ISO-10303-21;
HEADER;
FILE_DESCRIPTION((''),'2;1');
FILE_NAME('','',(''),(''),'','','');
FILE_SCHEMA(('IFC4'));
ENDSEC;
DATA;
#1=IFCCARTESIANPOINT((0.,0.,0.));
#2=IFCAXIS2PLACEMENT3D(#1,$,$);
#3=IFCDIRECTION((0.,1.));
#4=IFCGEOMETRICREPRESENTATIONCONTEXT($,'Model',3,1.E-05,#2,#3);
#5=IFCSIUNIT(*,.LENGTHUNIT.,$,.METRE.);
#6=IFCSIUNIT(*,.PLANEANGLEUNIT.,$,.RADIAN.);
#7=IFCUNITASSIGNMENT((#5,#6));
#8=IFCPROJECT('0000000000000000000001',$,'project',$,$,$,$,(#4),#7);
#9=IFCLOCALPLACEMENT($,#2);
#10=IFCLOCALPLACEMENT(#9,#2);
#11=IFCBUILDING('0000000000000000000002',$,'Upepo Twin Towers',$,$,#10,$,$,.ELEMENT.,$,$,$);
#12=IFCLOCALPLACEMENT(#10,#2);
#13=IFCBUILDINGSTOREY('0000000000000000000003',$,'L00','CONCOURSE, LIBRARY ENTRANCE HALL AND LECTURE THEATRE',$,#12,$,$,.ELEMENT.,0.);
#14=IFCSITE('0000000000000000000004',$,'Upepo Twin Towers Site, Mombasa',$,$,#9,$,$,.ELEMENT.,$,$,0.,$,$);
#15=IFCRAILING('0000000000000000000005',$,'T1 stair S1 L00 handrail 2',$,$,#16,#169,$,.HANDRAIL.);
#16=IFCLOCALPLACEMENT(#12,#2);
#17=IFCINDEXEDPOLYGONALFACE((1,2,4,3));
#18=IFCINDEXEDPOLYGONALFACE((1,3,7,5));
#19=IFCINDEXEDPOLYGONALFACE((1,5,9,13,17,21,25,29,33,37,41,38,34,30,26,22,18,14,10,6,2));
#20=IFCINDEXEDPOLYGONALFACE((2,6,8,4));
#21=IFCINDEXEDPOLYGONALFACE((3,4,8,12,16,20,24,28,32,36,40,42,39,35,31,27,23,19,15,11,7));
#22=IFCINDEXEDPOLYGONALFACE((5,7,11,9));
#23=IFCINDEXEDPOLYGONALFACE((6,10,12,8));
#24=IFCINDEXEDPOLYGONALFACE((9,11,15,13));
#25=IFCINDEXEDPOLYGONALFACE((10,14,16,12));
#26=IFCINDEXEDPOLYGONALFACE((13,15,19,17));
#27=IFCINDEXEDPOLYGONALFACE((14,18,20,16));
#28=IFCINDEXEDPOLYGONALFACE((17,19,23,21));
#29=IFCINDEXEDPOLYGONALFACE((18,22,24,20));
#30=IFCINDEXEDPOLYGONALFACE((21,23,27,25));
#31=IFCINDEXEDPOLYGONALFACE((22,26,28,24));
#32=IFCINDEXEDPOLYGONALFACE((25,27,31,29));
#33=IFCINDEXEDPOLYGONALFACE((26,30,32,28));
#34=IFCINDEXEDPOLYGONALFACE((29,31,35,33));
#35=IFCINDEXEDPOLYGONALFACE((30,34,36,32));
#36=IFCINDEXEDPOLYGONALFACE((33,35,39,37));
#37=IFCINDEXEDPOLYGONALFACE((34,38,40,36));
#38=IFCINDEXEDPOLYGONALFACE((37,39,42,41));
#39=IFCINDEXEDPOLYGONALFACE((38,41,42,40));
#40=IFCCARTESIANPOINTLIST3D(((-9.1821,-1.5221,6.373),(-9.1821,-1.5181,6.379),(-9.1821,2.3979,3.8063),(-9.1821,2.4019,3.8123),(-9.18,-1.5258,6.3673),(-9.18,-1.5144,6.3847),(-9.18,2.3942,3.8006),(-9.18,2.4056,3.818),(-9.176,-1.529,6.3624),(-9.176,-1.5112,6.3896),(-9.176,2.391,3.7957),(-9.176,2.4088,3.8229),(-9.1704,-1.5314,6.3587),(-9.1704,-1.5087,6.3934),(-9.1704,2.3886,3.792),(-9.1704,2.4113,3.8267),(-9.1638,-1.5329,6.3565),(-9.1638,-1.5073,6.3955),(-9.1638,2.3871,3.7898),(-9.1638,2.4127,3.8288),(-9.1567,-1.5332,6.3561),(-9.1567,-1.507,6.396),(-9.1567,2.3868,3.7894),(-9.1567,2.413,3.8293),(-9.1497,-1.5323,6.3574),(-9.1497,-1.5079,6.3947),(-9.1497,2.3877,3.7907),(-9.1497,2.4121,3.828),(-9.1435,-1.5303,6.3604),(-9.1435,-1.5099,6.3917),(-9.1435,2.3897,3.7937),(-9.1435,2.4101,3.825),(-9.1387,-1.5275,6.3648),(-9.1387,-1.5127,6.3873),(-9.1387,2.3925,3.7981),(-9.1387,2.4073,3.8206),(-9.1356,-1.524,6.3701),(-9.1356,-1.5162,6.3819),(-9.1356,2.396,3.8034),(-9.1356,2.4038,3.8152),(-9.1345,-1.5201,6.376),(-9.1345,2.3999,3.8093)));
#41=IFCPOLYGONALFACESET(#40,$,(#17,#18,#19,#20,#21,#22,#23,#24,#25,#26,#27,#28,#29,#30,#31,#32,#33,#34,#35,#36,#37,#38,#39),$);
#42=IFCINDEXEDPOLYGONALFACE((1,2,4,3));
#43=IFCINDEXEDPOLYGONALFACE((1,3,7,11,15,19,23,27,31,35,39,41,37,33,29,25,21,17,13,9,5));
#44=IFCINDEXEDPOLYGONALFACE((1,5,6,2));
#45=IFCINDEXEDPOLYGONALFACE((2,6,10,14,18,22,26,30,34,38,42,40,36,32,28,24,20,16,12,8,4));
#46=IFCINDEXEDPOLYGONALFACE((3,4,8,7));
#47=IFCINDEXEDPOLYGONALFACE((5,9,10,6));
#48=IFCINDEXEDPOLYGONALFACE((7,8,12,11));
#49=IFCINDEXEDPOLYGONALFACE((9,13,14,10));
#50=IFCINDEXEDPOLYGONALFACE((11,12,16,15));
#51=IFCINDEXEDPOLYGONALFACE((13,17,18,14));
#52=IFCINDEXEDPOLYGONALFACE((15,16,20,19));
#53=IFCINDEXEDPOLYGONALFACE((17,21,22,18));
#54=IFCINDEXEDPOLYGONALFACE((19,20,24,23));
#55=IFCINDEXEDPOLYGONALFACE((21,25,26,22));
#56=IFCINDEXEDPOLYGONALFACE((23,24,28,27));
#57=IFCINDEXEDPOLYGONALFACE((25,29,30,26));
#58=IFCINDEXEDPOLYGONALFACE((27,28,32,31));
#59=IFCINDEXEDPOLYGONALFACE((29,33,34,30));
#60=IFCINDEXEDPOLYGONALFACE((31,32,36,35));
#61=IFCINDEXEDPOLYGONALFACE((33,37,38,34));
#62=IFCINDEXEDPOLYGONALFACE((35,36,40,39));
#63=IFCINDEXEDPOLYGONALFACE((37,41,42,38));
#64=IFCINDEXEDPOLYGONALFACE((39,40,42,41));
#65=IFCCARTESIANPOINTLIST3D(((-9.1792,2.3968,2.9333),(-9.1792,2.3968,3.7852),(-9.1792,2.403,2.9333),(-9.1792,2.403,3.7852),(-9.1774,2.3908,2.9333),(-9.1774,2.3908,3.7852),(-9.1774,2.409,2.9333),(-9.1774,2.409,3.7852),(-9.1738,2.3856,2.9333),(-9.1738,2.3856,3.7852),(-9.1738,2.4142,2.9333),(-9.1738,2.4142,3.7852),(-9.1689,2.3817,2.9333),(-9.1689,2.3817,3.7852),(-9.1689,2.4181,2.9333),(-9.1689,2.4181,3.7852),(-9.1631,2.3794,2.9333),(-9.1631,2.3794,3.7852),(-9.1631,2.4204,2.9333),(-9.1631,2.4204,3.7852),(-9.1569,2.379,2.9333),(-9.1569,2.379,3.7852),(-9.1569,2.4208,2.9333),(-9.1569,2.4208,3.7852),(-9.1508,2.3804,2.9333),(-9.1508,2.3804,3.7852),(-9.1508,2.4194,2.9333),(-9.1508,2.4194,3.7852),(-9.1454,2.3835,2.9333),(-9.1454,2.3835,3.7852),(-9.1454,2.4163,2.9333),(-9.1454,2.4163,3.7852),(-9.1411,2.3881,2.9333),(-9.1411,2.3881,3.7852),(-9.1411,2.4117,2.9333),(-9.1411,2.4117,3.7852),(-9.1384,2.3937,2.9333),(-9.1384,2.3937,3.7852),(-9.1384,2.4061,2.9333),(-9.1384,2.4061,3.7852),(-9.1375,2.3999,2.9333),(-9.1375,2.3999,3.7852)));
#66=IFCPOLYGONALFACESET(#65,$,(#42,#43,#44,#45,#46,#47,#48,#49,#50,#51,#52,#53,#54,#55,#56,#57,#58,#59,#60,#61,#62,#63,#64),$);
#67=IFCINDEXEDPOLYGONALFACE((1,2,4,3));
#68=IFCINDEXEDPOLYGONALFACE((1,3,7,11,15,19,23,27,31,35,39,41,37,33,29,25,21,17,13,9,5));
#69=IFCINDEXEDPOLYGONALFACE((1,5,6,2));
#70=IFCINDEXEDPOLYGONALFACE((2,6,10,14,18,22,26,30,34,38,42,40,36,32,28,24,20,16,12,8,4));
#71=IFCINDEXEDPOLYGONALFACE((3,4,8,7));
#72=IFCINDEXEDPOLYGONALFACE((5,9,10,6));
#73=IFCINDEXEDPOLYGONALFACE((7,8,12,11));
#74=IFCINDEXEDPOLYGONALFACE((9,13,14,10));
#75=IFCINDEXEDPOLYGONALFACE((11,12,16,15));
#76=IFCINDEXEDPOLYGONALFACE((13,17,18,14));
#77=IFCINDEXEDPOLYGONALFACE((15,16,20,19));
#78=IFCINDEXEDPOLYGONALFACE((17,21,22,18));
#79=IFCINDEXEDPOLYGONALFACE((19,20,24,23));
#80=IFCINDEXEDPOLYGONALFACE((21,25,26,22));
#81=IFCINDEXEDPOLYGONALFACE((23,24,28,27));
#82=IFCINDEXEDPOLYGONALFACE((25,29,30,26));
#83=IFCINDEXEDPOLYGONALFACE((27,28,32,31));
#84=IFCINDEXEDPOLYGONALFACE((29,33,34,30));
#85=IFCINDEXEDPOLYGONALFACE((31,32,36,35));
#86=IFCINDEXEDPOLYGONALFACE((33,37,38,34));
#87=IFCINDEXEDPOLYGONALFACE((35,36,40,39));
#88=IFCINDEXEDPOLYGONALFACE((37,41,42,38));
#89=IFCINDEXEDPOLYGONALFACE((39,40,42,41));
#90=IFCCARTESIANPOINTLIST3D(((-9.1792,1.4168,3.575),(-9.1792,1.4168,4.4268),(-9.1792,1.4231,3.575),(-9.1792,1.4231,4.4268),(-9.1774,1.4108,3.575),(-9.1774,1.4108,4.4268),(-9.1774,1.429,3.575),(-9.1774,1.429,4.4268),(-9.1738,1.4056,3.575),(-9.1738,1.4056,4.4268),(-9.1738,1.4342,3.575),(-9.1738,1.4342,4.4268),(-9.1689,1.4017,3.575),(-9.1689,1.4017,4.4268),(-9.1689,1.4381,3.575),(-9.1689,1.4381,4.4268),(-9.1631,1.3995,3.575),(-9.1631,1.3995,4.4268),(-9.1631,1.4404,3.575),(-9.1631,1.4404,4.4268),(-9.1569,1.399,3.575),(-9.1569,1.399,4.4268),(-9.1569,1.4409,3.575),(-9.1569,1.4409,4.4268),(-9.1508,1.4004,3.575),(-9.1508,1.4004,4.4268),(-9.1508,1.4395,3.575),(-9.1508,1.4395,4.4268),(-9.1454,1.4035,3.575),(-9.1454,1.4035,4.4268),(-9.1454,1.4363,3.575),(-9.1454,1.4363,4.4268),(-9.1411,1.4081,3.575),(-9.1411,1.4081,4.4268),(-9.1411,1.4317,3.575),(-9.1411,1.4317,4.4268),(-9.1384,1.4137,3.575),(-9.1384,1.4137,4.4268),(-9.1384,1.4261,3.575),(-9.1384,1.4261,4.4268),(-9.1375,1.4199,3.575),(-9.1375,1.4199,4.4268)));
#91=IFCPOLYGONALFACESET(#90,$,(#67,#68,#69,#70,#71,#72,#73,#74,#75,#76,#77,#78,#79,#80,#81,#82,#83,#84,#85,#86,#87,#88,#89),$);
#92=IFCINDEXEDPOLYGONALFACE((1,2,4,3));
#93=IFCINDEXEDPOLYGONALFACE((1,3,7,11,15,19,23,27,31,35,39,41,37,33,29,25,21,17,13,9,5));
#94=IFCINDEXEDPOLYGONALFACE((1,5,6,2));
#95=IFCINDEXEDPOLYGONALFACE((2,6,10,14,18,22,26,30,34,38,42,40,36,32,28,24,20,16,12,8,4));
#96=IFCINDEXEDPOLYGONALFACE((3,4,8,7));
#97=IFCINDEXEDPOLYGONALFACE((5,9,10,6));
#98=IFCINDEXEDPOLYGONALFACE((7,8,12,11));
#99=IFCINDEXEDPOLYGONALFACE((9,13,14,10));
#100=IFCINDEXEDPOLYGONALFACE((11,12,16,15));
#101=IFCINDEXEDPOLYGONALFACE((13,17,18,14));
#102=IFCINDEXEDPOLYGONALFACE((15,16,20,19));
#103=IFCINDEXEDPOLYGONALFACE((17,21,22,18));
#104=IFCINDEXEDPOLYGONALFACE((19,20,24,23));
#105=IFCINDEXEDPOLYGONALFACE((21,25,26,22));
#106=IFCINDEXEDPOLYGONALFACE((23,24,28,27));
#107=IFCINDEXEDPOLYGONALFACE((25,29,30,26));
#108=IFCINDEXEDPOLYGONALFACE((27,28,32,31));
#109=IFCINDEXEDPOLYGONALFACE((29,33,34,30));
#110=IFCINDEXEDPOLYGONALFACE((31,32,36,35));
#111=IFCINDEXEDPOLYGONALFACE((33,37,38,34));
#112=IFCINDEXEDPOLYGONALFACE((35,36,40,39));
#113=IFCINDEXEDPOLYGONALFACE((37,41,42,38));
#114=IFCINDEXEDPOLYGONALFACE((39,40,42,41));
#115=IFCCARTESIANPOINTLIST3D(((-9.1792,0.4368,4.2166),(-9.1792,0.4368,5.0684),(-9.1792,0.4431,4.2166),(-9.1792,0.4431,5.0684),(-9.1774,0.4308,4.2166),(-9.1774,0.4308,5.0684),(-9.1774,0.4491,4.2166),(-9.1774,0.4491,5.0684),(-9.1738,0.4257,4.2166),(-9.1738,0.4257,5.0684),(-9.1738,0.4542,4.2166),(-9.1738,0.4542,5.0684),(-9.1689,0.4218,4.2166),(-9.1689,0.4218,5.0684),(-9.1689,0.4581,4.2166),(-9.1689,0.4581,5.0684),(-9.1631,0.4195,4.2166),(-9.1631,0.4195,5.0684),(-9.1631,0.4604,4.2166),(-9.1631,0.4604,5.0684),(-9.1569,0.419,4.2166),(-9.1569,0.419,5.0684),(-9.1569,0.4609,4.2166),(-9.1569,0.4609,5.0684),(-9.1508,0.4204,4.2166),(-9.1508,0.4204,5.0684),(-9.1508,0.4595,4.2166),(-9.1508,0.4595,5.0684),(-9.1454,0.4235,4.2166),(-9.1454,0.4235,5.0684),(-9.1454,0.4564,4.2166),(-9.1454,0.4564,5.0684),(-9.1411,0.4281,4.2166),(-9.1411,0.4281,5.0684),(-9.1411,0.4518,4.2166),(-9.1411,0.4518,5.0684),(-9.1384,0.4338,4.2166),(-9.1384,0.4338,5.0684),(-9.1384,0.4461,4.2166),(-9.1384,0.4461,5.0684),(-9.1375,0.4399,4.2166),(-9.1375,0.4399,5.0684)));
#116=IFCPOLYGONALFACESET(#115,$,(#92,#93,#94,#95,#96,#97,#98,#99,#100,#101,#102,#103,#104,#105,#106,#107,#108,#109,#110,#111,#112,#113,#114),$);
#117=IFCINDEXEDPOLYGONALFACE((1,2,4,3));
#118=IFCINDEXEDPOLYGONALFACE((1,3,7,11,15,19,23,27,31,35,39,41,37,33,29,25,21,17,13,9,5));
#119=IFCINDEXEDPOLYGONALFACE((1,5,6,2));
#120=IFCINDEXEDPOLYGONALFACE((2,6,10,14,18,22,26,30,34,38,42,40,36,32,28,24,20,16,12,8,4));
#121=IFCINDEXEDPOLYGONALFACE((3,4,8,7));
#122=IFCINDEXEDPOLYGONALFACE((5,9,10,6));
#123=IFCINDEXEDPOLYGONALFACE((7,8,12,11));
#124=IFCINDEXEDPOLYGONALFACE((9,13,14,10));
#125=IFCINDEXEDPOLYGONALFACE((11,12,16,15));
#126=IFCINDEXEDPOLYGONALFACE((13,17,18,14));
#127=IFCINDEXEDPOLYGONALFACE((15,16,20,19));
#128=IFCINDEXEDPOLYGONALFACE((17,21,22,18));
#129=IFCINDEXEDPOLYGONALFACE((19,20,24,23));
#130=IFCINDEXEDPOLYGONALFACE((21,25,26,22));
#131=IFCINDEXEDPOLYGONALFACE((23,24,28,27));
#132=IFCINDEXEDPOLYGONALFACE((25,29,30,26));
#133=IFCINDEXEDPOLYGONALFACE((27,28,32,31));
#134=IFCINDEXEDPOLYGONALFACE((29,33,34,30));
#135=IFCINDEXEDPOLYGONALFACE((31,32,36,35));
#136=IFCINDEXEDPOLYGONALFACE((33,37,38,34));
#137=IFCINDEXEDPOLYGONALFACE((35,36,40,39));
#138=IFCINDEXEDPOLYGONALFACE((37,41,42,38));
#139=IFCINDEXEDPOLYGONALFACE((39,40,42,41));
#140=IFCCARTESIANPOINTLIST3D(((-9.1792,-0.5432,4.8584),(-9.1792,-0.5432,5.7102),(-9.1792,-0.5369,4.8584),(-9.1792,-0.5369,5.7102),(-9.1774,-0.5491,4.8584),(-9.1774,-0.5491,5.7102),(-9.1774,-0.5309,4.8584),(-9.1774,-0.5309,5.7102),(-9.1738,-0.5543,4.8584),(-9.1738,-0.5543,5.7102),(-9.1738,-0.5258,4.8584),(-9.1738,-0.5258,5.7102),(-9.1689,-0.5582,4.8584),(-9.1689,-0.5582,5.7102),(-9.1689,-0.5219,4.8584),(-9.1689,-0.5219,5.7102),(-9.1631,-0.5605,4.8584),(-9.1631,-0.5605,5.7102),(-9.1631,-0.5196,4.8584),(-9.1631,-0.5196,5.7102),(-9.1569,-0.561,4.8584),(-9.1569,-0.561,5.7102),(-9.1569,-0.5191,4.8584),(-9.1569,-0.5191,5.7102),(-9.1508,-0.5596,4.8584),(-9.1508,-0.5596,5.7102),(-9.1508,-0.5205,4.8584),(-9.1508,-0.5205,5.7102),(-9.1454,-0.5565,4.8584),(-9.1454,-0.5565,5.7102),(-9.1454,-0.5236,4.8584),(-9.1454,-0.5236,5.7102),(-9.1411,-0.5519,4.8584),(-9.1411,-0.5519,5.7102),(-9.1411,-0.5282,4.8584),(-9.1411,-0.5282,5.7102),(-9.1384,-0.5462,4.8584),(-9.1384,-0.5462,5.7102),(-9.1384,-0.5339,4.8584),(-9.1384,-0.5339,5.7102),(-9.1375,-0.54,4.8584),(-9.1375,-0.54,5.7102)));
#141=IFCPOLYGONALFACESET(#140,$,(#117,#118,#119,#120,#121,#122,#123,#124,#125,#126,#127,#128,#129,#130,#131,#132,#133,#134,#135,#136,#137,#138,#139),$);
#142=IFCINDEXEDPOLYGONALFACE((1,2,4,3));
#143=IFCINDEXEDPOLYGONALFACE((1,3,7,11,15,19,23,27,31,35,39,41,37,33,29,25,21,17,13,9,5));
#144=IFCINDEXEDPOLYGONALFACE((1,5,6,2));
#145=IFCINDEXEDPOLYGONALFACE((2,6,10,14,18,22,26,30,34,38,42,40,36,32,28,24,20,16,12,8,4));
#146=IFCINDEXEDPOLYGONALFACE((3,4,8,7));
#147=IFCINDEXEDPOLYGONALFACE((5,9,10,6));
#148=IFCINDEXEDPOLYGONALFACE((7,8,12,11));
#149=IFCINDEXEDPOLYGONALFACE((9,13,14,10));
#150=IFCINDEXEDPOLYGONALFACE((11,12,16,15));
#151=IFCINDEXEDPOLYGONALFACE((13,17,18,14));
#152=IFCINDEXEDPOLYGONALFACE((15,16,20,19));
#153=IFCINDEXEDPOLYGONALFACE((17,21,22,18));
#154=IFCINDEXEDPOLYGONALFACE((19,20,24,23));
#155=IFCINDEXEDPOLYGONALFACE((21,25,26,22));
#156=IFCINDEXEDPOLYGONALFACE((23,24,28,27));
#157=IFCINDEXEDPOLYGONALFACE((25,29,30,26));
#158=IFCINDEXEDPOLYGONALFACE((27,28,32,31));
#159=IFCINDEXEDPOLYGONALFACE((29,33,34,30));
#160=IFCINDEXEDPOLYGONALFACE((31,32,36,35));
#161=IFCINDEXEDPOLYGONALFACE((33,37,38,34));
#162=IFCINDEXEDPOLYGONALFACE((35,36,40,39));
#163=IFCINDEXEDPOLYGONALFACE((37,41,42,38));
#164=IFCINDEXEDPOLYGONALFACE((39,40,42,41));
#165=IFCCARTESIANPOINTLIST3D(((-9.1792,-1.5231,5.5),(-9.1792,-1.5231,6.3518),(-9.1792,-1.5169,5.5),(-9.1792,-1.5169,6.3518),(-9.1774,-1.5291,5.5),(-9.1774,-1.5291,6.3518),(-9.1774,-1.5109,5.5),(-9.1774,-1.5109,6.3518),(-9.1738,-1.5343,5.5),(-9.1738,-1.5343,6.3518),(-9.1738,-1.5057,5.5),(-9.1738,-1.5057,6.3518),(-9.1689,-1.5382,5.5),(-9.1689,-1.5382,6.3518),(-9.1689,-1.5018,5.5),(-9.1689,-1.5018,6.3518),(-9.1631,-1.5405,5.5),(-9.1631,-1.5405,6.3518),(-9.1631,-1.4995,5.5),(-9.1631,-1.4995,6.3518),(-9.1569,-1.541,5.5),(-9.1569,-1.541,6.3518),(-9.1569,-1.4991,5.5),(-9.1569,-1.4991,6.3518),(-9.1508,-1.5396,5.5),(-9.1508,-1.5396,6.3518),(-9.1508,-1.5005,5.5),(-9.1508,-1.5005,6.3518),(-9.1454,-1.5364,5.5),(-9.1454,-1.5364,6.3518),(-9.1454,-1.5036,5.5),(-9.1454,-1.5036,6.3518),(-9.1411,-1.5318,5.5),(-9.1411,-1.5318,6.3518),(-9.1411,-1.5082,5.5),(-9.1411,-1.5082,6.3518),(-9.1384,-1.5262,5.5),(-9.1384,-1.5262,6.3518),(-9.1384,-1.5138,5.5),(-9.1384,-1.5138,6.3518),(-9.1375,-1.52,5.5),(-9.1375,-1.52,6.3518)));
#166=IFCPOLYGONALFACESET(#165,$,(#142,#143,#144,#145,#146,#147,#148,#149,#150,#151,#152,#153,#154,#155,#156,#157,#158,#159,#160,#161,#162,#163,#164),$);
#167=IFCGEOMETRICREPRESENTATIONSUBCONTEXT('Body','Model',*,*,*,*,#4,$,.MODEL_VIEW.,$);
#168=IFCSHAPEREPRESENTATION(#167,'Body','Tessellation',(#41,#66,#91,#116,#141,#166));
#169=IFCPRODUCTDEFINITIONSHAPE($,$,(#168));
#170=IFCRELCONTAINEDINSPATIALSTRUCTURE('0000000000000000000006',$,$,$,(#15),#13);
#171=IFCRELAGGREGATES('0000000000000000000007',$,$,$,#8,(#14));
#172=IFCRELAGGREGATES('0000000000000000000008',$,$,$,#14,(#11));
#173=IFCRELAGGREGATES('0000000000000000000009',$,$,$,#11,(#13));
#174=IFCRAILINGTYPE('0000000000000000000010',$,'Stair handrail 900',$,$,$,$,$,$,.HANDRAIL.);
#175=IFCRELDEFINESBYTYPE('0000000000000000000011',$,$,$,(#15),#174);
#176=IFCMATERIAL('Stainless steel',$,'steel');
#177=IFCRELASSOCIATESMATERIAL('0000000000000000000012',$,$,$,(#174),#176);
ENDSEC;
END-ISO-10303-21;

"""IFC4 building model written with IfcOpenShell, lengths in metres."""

from ifc_helpers import new_model, si_unit, direction, frame, origin, origin_2d, place, context, subcontext, project, spatial, circle, extrude, material, type_object, element, save


model = new_model("IFC4")

# Units and contexts
model_context = context("Model", 3, precision=1e-05, world=origin(), true_north=direction((0.0, 1.0)))
body_context = subcontext(model_context, "Body", "Model", "MODEL_VIEW")
ifc_project = project(units=[si_unit("LENGTHUNIT", "METRE"), si_unit("PLANEANGLEUNIT", "RADIAN")], contexts=[model_context])

# Site, building, storey
site_placement = place(None, origin())
site = spatial("IfcSite", under=ifc_project, at=site_placement, Name="Upepo Twin Towers Site, Mombasa", CompositionType="ELEMENT", RefElevation=0.0)
building_placement = place(site_placement, origin())
building = spatial("IfcBuilding", under=site, at=building_placement, Name="Upepo Twin Towers", CompositionType="ELEMENT")
storey_placement = place(building_placement, origin())
storey = spatial("IfcBuildingStorey", under=building, at=storey_placement, Name="L00", Description="CONCOURSE, LIBRARY ENTRANCE HALL AND LECTURE THEATRE", CompositionType="ELEMENT", Elevation=0.0)

# Railing
ifc_material_1 = material(Name="Stainless steel", Category="steel")
railing_type = type_object("IfcRailingType", Name="Stair handrail 900", PredefinedType="HANDRAIL", material=ifc_material_1)
railing_placement = place(storey_placement, frame((-9.1584, 2.3999, 2.9333)))
element("IfcRailing", 1, at=railing_placement, inside=storey, type_object=railing_type, Name="T1 stair S1 L00 handrail 2", PredefinedType="HANDRAIL", context=body_context, shape_type="SweptSolid", body=[
    extrude(circle(Radius=0.0239, at=origin_2d()), frame((0.0, 0.0, 0.876), z_axis=(0.0, -0.836615, 0.547791), x_axis=(1.0, 0.0, 0.0)), (0.0, 0.0, 1.0), 4.6855),
    extrude(circle(Radius=0.021, at=origin_2d()), origin(), (0.0, 0.0, 1.0), 0.8518),
    extrude(circle(Radius=0.021, at=origin_2d()), frame((0.0, -0.98, 0.6416)), (0.0, 0.0, 1.0), 0.8518),
    extrude(circle(Radius=0.021, at=origin_2d()), frame((0.0, -1.96, 1.2832)), (0.0, 0.0, 1.0), 0.8518),
    extrude(circle(Radius=0.021, at=origin_2d()), frame((0.0, -2.9399, 1.925)), (0.0, 0.0, 1.0), 0.8518),
    extrude(circle(Radius=0.021, at=origin_2d()), frame((0.0, -3.9199, 2.5667)), (0.0, 0.0, 1.0), 0.8518),
])

save(model, "model.ifc")
